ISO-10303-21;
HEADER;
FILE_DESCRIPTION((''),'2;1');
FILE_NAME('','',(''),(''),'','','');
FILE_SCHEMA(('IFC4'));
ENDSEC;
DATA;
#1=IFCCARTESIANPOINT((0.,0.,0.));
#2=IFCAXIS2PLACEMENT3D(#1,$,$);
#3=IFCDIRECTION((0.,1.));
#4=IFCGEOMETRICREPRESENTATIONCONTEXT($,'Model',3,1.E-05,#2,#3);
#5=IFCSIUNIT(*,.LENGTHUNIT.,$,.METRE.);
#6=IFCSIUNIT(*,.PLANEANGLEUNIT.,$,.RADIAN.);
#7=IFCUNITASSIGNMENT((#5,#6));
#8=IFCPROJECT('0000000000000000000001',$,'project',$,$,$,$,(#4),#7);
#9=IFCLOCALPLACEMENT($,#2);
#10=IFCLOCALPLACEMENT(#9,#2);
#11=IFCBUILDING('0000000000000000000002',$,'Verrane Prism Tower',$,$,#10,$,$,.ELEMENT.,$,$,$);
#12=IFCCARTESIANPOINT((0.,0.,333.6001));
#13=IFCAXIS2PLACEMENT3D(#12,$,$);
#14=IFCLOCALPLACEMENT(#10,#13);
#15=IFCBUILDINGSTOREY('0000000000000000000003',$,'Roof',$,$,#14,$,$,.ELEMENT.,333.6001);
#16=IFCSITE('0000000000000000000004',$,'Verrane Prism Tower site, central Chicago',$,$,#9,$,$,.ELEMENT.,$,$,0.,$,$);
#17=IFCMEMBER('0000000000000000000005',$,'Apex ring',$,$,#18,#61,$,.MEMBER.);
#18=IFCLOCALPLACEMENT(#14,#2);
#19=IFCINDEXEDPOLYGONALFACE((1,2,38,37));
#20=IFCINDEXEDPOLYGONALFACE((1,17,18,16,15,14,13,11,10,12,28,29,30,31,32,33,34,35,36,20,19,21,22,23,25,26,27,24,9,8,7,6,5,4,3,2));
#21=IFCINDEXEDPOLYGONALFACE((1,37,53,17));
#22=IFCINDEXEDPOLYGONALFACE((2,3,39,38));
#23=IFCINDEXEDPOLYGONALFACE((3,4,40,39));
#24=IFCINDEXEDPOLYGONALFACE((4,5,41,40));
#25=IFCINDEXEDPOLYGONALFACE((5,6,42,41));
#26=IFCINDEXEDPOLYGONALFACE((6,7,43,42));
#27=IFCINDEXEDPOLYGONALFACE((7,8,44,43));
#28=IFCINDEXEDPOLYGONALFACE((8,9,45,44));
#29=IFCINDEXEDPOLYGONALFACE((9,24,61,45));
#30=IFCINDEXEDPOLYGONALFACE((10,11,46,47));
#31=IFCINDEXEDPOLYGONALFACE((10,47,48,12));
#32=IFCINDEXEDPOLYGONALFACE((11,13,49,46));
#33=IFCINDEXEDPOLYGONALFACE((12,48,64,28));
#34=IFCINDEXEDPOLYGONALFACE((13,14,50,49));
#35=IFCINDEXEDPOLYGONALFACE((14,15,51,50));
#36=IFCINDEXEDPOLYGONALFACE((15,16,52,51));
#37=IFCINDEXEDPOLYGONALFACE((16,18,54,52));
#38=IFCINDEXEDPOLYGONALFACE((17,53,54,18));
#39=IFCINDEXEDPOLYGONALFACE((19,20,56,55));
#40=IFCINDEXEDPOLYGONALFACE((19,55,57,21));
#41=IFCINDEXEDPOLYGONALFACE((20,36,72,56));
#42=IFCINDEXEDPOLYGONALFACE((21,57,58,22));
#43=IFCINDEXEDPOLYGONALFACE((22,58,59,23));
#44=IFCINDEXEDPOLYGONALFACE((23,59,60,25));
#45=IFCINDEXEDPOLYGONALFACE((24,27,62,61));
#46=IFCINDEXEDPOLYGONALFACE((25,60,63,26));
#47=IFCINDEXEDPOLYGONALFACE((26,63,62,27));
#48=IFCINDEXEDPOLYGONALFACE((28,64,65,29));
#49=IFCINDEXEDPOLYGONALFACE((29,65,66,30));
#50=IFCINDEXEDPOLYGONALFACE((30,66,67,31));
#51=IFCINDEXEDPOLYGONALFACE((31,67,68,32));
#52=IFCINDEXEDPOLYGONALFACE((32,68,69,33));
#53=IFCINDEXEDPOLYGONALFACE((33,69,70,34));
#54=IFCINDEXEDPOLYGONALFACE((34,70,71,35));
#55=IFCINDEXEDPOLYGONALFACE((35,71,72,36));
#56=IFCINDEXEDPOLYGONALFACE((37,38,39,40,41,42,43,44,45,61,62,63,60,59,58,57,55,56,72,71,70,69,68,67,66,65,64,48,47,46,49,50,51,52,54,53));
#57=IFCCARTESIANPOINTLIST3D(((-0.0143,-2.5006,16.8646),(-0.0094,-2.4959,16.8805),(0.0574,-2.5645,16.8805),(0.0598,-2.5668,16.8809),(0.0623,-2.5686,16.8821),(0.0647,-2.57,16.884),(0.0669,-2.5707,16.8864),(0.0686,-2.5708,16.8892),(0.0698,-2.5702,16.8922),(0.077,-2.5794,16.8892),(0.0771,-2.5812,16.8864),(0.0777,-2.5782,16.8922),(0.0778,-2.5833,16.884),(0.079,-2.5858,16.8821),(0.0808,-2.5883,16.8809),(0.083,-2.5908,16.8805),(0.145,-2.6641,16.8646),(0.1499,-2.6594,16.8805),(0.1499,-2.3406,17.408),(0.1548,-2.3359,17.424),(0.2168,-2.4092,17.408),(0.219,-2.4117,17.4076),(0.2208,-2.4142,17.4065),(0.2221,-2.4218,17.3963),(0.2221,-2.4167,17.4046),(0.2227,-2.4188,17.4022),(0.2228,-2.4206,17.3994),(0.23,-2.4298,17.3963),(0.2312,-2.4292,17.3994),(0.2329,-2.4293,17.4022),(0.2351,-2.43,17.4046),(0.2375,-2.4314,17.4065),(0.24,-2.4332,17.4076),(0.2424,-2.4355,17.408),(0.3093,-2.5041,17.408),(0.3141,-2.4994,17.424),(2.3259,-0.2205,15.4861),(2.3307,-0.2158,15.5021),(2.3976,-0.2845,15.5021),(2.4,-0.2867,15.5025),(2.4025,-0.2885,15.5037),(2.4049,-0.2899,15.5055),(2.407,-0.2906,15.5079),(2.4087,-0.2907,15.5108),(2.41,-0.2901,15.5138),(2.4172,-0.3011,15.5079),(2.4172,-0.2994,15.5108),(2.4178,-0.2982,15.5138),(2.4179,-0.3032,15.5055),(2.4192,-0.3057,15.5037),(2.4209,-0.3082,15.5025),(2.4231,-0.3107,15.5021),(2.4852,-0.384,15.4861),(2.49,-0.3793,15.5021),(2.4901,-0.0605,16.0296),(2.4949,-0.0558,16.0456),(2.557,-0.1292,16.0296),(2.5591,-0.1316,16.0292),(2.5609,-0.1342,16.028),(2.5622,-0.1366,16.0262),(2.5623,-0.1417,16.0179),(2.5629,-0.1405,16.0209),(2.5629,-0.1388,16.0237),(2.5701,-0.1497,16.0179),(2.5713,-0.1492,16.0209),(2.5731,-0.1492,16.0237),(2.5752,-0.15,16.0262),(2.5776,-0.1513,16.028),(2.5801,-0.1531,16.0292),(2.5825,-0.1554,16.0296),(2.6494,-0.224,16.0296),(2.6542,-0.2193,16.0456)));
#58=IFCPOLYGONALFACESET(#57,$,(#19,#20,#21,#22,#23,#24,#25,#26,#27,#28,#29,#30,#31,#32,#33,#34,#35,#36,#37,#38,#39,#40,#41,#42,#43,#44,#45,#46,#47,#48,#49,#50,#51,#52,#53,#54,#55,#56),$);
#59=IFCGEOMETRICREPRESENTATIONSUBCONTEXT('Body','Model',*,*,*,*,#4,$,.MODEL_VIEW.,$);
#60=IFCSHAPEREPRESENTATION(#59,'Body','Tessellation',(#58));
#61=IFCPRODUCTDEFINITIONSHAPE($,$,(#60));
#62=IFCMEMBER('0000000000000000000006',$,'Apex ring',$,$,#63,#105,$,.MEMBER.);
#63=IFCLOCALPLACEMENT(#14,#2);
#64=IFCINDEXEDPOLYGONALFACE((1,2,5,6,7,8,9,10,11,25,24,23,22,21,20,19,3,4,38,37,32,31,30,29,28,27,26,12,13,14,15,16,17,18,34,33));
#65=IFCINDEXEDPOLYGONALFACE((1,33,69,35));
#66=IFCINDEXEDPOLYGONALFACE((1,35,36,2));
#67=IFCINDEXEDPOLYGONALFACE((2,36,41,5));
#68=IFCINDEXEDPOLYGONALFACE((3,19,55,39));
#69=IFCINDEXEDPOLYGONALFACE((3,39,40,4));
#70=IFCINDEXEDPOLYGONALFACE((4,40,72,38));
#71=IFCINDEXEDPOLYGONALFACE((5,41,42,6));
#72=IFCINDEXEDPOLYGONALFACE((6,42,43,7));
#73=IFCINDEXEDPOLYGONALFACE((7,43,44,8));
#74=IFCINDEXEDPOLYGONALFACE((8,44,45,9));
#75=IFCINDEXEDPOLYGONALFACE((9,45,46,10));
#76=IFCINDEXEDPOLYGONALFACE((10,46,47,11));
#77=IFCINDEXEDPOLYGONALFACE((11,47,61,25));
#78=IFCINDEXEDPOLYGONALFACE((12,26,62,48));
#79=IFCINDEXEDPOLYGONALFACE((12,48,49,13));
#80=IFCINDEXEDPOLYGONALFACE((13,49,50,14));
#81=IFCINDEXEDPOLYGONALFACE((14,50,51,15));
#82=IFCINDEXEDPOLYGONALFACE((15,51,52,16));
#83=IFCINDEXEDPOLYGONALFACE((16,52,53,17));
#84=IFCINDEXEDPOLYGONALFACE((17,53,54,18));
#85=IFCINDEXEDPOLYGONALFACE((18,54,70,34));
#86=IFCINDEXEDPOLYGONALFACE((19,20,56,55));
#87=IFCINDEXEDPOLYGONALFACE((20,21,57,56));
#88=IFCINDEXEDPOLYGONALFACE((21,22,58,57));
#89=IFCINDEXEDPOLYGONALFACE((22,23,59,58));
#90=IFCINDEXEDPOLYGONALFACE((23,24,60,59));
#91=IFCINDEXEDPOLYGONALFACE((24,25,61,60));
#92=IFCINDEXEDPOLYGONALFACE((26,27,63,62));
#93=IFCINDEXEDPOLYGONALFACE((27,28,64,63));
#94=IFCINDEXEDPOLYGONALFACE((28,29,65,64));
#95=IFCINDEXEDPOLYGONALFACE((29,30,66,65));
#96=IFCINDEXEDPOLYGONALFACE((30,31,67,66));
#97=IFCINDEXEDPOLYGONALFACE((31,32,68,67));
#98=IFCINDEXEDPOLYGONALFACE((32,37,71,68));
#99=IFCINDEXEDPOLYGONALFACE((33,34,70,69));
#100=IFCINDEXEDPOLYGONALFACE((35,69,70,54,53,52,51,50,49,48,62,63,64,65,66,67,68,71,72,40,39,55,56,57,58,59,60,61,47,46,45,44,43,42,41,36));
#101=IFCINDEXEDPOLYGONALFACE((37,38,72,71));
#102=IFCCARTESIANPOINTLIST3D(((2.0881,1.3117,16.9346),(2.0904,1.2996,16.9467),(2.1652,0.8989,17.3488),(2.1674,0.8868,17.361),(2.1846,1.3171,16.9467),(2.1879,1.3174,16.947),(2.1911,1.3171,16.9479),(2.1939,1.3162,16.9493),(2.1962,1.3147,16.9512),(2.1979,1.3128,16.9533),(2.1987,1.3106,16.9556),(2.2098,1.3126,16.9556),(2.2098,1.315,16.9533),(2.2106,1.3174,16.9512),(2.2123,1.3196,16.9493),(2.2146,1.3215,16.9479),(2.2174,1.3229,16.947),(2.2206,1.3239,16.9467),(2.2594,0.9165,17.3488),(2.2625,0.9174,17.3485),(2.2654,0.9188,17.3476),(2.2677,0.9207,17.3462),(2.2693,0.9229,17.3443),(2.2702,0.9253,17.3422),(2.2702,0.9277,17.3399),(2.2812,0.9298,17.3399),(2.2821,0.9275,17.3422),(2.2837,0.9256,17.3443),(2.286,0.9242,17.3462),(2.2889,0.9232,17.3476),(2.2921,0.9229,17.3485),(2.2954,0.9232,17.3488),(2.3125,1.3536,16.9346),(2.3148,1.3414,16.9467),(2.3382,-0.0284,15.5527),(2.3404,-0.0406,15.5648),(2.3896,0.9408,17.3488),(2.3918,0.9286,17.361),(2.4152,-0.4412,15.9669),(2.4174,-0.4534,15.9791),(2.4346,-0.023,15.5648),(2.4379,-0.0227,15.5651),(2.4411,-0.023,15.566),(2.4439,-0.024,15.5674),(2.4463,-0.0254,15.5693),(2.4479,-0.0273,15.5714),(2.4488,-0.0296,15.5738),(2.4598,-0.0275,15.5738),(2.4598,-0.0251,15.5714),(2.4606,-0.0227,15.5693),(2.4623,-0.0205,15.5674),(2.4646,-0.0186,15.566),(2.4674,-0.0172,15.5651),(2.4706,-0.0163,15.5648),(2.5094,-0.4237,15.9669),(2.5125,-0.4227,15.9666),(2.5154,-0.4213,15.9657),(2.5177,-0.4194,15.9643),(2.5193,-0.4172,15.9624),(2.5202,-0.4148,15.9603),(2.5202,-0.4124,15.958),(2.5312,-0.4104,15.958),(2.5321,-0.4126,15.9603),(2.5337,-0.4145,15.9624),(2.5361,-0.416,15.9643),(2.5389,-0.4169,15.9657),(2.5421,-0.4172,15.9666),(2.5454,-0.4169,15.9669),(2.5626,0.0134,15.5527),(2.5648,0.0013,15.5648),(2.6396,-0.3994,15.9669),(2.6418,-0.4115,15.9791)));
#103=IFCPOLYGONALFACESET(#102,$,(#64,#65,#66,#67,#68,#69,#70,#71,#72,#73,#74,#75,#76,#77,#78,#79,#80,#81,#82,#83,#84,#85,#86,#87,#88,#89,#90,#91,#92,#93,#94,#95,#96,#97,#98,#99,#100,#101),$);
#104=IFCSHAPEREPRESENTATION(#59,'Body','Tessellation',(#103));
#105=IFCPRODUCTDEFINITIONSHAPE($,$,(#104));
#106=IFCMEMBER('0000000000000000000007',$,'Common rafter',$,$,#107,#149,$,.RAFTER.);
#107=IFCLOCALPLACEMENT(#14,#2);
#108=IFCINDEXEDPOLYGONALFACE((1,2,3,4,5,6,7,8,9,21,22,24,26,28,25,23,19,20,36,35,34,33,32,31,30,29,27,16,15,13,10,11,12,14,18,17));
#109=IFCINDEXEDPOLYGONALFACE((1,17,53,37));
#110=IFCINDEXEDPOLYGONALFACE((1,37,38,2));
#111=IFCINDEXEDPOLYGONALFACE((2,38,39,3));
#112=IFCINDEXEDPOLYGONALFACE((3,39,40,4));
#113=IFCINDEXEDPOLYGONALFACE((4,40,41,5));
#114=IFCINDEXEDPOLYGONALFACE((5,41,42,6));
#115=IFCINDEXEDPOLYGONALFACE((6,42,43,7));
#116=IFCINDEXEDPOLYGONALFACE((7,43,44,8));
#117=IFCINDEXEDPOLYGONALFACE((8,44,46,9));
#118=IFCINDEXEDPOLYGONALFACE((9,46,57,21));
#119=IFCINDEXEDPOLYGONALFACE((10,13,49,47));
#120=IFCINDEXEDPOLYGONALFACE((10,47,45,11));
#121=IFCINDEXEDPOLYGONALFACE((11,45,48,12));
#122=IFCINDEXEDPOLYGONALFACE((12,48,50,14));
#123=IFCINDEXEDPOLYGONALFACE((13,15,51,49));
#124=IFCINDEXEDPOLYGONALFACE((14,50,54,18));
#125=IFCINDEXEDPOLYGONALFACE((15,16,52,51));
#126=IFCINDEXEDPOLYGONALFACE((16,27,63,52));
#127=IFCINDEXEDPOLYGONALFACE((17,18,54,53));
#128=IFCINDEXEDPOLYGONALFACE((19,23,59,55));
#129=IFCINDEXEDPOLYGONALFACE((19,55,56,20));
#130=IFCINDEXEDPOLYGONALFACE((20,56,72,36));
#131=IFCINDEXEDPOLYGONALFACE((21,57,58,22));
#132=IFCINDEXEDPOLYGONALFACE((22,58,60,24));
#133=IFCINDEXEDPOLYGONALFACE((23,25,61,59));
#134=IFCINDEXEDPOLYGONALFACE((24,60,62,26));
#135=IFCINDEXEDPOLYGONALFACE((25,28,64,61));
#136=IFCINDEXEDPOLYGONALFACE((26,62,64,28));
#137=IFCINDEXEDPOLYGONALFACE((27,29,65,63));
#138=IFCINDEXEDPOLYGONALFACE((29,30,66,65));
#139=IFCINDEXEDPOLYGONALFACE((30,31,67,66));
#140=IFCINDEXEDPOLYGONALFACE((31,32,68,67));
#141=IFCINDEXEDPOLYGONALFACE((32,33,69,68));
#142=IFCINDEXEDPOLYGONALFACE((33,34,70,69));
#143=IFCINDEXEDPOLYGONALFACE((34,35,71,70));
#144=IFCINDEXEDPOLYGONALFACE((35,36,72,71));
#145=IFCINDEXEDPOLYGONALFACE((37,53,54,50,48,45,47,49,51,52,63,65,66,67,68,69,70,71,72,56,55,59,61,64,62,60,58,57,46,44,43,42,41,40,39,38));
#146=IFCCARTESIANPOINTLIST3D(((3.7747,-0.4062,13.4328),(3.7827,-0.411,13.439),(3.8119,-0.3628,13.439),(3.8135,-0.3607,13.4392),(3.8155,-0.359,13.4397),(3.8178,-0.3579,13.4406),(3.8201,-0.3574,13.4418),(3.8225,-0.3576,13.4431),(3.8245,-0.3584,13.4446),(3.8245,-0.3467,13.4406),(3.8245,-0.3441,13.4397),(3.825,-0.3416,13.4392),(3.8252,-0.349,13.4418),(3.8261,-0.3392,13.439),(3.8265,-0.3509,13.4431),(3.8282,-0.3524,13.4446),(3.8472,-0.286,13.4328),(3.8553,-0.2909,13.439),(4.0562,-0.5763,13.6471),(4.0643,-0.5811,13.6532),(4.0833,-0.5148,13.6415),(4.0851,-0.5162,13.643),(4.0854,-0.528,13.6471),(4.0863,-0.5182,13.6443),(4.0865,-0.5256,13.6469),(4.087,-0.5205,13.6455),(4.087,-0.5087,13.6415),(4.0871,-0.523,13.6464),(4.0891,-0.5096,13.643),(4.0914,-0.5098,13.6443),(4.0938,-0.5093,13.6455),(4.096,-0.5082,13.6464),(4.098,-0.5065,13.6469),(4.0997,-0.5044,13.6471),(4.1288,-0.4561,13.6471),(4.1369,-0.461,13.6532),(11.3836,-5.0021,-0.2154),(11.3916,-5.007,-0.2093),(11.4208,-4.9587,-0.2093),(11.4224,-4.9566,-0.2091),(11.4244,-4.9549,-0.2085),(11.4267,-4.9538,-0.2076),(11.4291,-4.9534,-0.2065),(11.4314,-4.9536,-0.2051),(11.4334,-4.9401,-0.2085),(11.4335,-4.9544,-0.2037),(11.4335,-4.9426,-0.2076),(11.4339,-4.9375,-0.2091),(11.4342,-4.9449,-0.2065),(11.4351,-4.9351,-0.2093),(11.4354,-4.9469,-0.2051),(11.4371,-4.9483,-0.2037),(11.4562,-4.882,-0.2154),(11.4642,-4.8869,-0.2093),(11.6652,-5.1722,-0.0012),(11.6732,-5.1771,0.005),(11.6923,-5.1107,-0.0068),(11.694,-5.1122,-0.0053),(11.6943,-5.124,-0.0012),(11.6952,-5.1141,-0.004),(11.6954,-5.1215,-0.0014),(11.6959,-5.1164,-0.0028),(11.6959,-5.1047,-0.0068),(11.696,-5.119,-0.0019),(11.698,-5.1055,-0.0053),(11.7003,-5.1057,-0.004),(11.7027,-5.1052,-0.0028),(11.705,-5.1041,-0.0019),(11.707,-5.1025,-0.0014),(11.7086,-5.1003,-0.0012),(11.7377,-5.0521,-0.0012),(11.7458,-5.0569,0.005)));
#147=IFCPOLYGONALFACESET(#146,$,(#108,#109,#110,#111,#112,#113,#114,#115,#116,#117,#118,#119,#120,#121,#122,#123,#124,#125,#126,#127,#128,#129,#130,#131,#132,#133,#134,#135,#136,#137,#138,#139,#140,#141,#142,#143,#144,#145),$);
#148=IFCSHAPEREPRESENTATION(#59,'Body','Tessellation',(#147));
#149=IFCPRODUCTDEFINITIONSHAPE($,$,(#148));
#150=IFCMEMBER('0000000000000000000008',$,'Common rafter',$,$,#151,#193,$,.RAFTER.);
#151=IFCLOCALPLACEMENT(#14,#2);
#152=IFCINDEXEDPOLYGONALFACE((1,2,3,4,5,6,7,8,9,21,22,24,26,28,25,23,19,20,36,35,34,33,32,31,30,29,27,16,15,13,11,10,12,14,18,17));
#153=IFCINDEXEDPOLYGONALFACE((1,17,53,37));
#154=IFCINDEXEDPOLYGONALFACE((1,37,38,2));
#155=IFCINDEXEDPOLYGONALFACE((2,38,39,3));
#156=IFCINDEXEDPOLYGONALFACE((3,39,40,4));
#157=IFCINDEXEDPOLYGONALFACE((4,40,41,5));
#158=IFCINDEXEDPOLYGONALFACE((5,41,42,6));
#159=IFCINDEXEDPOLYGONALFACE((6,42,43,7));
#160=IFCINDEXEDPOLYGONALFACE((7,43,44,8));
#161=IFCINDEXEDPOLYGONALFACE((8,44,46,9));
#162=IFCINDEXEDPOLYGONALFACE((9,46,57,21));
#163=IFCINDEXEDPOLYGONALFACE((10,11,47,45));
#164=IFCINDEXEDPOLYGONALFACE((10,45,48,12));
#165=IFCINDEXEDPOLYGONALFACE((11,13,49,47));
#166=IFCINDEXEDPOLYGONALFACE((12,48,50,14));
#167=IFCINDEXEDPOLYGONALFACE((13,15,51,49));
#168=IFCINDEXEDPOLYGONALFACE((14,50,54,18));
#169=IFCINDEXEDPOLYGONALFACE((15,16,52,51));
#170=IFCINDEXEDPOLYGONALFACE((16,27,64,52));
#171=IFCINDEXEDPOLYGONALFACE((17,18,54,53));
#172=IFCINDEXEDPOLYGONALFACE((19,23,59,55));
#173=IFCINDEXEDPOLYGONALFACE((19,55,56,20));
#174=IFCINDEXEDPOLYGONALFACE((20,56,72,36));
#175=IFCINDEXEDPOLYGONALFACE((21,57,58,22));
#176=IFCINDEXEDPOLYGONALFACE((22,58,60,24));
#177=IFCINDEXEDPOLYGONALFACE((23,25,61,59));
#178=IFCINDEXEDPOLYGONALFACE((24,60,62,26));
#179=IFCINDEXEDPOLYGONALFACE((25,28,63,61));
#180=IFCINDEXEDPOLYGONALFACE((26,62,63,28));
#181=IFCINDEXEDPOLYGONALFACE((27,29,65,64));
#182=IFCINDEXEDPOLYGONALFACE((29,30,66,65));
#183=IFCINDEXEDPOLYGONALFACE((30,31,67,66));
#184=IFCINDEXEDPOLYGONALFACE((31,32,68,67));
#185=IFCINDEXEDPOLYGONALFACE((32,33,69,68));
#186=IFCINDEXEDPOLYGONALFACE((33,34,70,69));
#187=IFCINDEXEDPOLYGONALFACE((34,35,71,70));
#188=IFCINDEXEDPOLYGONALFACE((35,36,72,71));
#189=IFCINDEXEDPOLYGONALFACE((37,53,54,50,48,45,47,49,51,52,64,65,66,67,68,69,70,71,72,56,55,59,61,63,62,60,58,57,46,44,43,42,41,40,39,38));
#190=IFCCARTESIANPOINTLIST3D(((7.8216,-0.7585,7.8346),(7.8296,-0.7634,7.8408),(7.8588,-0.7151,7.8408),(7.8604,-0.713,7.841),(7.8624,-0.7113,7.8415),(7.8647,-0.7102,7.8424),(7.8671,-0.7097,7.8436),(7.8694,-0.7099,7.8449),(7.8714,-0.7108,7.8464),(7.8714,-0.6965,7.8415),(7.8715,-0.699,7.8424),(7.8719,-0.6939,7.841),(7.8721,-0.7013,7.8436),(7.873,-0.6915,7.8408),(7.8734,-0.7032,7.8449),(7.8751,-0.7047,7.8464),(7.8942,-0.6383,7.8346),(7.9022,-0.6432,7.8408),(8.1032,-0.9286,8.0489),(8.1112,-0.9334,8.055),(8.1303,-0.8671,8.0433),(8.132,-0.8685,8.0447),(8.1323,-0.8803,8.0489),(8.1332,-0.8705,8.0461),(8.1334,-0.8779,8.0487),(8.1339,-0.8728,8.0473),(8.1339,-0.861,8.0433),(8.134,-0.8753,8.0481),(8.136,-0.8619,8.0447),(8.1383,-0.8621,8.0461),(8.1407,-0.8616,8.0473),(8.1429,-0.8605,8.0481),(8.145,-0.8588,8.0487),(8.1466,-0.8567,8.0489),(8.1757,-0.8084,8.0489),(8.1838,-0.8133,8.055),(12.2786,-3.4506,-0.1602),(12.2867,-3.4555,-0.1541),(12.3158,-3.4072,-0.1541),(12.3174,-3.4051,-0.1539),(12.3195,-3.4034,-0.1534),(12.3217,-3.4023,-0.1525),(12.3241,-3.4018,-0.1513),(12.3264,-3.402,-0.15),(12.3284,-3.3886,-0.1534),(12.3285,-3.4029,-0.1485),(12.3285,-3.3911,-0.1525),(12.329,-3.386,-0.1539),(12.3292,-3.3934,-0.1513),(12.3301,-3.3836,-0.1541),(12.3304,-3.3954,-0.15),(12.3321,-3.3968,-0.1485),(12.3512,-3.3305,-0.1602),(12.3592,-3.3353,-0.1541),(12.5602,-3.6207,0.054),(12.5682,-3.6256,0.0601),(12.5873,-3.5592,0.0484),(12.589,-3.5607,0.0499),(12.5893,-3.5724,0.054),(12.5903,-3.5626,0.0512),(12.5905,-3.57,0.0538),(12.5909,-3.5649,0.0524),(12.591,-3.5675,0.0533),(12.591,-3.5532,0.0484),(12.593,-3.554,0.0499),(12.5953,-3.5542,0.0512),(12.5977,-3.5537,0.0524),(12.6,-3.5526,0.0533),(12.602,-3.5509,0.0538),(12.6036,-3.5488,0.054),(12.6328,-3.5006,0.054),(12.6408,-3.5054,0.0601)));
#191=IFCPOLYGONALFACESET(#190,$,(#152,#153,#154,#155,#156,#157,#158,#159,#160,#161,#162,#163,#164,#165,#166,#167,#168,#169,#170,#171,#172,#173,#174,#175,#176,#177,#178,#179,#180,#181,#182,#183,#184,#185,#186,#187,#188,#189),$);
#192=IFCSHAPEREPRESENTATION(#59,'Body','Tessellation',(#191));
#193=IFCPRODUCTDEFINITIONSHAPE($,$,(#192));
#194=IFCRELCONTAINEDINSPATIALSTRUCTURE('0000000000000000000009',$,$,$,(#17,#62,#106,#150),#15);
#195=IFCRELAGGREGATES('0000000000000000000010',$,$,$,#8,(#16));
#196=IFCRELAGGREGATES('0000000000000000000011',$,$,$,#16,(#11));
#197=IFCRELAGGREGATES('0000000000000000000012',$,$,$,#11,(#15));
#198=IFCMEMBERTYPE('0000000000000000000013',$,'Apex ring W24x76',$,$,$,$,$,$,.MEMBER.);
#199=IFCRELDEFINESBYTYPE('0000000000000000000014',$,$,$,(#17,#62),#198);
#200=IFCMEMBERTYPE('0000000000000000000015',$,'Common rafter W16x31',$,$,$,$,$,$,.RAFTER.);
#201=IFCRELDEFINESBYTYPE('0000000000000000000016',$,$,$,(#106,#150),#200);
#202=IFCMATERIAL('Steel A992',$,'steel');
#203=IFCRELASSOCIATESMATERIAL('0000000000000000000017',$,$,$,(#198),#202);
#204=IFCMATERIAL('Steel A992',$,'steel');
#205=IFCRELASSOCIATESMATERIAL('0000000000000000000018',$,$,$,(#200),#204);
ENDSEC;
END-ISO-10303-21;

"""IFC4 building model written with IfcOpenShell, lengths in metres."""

from ifc_helpers import new_model, si_unit, direction, frame, origin, origin_2d, place, context, subcontext, project, spatial, i_section, extrude, material, material_profile, profile_set, type_object, element, save


model = new_model("IFC4")

# Units and contexts
model_context = context("Model", 3, precision=1e-05, world=origin(), true_north=direction((0.0, 1.0)))
body_context = subcontext(model_context, "Body", "Model", "MODEL_VIEW")
ifc_project = project(units=[si_unit("LENGTHUNIT", "METRE"), si_unit("PLANEANGLEUNIT", "RADIAN")], contexts=[model_context])

# Site, building, storey
site_placement = place(None, origin())
site = spatial("IfcSite", under=ifc_project, at=site_placement, Name="Verrane Prism Tower site, central Chicago", CompositionType="ELEMENT", RefElevation=0.0)
building_placement = place(site_placement, origin())
building = spatial("IfcBuilding", under=site, at=building_placement, Name="Verrane Prism Tower", CompositionType="ELEMENT")
storey_placement = place(building_placement, frame((0.0, 0.0, 333.6001)))
storey = spatial("IfcBuildingStorey", under=building, at=storey_placement, Name="Roof", CompositionType="ELEMENT", Elevation=333.6001)

# Members
ifc_material_1 = material(Name="Steel A992", Category="steel")
ifc_material_profile_1 = material_profile(ifc_material_1, i_section(OverallWidth=0.2283, OverallDepth=0.6072, WebThickness=0.0112, FlangeThickness=0.0173, FilletRadius=0.0127, at=origin_2d()), Name="W24x76")
ifc_profile_set_1 = profile_set([ifc_material_profile_1], Name="Steel A992")
member_type_1 = type_object("IfcMemberType", Name="Apex ring W24x76", PredefinedType="MEMBER", material=ifc_profile_set_1)
member_1_placement = place(storey_placement, frame((0.1499, -2.5, 17.1443), z_axis=(0.659911, 0.642974, -0.388718), x_axis=(-0.697856, 0.716238, 0.0)))
element("IfcMember", 1, at=member_1_placement, inside=storey, type_object=member_type_1, Name="Apex ring", PredefinedType="MEMBER", context=body_context, shape_type="SweptSolid", body=[
    extrude(i_section(OverallWidth=0.2283, OverallDepth=0.6072, WebThickness=0.0112, FlangeThickness=0.0173, FilletRadius=0.0127, at=origin_2d()), origin(), (0.0, 0.0, 1.0), 3.5461),
])
member_2_placement = place(storey_placement, frame((2.49, -0.22, 15.7659), z_axis=(-0.128794, 0.690381, 0.711889), x_axis=(-0.98304, -0.183391, 0.0)))
element("IfcMember", 2, at=member_2_placement, inside=storey, type_object=member_type_1, Name="Apex ring", PredefinedType="MEMBER", context=body_context, shape_type="SweptSolid", body=[
    extrude(i_section(OverallWidth=0.2283, OverallDepth=0.6072, WebThickness=0.0112, FlangeThickness=0.0173, FilletRadius=0.0127, at=origin_2d()), origin(), (0.0, 0.0, 1.0), 1.9412),
])
ifc_material_2 = material(Name="Steel A992", Category="steel")
ifc_material_profile_2 = material_profile(ifc_material_2, i_section(OverallWidth=0.1404, OverallDepth=0.4038, WebThickness=0.0071, FlangeThickness=0.0112, FilletRadius=0.0103, at=origin_2d()), Name="W16x31")
ifc_profile_set_2 = profile_set([ifc_material_profile_2], Name="Steel A992")
member_type_2 = type_object("IfcMemberType", Name="Common rafter W16x31", PredefinedType="RAFTER", material=ifc_profile_set_2)
member_3_placement = place(storey_placement, frame((11.5647, -5.0295, -0.1052), z_axis=(-0.467154, 0.282172, 0.837942), x_axis=(-0.517026, -0.85597, 0.0)))
element("IfcMember", 3, at=member_3_placement, inside=storey, type_object=member_type_2, Name="Common rafter", PredefinedType="RAFTER", context=body_context, shape_type="SweptSolid", body=[
    extrude(i_section(OverallWidth=0.1404, OverallDepth=0.4038, WebThickness=0.0071, FlangeThickness=0.0112, FilletRadius=0.0103, at=origin_2d()), origin(), (0.0, 0.0, 1.0), 16.2878),
])
member_4_placement = place(storey_placement, frame((12.4597, -3.478, -0.05), z_axis=(-0.467145, 0.282165, 0.837949), x_axis=(-0.517024, -0.855971, 0.0)))
element("IfcMember", 4, at=member_4_placement, inside=storey, type_object=member_type_2, Name="Common rafter", PredefinedType="RAFTER", context=body_context, shape_type="SweptSolid", body=[
    extrude(i_section(OverallWidth=0.1404, OverallDepth=0.4038, WebThickness=0.0071, FlangeThickness=0.0112, FilletRadius=0.0103, at=origin_2d()), origin(), (0.0, 0.0, 1.0), 9.541),
])

save(model, "model.ifc")
